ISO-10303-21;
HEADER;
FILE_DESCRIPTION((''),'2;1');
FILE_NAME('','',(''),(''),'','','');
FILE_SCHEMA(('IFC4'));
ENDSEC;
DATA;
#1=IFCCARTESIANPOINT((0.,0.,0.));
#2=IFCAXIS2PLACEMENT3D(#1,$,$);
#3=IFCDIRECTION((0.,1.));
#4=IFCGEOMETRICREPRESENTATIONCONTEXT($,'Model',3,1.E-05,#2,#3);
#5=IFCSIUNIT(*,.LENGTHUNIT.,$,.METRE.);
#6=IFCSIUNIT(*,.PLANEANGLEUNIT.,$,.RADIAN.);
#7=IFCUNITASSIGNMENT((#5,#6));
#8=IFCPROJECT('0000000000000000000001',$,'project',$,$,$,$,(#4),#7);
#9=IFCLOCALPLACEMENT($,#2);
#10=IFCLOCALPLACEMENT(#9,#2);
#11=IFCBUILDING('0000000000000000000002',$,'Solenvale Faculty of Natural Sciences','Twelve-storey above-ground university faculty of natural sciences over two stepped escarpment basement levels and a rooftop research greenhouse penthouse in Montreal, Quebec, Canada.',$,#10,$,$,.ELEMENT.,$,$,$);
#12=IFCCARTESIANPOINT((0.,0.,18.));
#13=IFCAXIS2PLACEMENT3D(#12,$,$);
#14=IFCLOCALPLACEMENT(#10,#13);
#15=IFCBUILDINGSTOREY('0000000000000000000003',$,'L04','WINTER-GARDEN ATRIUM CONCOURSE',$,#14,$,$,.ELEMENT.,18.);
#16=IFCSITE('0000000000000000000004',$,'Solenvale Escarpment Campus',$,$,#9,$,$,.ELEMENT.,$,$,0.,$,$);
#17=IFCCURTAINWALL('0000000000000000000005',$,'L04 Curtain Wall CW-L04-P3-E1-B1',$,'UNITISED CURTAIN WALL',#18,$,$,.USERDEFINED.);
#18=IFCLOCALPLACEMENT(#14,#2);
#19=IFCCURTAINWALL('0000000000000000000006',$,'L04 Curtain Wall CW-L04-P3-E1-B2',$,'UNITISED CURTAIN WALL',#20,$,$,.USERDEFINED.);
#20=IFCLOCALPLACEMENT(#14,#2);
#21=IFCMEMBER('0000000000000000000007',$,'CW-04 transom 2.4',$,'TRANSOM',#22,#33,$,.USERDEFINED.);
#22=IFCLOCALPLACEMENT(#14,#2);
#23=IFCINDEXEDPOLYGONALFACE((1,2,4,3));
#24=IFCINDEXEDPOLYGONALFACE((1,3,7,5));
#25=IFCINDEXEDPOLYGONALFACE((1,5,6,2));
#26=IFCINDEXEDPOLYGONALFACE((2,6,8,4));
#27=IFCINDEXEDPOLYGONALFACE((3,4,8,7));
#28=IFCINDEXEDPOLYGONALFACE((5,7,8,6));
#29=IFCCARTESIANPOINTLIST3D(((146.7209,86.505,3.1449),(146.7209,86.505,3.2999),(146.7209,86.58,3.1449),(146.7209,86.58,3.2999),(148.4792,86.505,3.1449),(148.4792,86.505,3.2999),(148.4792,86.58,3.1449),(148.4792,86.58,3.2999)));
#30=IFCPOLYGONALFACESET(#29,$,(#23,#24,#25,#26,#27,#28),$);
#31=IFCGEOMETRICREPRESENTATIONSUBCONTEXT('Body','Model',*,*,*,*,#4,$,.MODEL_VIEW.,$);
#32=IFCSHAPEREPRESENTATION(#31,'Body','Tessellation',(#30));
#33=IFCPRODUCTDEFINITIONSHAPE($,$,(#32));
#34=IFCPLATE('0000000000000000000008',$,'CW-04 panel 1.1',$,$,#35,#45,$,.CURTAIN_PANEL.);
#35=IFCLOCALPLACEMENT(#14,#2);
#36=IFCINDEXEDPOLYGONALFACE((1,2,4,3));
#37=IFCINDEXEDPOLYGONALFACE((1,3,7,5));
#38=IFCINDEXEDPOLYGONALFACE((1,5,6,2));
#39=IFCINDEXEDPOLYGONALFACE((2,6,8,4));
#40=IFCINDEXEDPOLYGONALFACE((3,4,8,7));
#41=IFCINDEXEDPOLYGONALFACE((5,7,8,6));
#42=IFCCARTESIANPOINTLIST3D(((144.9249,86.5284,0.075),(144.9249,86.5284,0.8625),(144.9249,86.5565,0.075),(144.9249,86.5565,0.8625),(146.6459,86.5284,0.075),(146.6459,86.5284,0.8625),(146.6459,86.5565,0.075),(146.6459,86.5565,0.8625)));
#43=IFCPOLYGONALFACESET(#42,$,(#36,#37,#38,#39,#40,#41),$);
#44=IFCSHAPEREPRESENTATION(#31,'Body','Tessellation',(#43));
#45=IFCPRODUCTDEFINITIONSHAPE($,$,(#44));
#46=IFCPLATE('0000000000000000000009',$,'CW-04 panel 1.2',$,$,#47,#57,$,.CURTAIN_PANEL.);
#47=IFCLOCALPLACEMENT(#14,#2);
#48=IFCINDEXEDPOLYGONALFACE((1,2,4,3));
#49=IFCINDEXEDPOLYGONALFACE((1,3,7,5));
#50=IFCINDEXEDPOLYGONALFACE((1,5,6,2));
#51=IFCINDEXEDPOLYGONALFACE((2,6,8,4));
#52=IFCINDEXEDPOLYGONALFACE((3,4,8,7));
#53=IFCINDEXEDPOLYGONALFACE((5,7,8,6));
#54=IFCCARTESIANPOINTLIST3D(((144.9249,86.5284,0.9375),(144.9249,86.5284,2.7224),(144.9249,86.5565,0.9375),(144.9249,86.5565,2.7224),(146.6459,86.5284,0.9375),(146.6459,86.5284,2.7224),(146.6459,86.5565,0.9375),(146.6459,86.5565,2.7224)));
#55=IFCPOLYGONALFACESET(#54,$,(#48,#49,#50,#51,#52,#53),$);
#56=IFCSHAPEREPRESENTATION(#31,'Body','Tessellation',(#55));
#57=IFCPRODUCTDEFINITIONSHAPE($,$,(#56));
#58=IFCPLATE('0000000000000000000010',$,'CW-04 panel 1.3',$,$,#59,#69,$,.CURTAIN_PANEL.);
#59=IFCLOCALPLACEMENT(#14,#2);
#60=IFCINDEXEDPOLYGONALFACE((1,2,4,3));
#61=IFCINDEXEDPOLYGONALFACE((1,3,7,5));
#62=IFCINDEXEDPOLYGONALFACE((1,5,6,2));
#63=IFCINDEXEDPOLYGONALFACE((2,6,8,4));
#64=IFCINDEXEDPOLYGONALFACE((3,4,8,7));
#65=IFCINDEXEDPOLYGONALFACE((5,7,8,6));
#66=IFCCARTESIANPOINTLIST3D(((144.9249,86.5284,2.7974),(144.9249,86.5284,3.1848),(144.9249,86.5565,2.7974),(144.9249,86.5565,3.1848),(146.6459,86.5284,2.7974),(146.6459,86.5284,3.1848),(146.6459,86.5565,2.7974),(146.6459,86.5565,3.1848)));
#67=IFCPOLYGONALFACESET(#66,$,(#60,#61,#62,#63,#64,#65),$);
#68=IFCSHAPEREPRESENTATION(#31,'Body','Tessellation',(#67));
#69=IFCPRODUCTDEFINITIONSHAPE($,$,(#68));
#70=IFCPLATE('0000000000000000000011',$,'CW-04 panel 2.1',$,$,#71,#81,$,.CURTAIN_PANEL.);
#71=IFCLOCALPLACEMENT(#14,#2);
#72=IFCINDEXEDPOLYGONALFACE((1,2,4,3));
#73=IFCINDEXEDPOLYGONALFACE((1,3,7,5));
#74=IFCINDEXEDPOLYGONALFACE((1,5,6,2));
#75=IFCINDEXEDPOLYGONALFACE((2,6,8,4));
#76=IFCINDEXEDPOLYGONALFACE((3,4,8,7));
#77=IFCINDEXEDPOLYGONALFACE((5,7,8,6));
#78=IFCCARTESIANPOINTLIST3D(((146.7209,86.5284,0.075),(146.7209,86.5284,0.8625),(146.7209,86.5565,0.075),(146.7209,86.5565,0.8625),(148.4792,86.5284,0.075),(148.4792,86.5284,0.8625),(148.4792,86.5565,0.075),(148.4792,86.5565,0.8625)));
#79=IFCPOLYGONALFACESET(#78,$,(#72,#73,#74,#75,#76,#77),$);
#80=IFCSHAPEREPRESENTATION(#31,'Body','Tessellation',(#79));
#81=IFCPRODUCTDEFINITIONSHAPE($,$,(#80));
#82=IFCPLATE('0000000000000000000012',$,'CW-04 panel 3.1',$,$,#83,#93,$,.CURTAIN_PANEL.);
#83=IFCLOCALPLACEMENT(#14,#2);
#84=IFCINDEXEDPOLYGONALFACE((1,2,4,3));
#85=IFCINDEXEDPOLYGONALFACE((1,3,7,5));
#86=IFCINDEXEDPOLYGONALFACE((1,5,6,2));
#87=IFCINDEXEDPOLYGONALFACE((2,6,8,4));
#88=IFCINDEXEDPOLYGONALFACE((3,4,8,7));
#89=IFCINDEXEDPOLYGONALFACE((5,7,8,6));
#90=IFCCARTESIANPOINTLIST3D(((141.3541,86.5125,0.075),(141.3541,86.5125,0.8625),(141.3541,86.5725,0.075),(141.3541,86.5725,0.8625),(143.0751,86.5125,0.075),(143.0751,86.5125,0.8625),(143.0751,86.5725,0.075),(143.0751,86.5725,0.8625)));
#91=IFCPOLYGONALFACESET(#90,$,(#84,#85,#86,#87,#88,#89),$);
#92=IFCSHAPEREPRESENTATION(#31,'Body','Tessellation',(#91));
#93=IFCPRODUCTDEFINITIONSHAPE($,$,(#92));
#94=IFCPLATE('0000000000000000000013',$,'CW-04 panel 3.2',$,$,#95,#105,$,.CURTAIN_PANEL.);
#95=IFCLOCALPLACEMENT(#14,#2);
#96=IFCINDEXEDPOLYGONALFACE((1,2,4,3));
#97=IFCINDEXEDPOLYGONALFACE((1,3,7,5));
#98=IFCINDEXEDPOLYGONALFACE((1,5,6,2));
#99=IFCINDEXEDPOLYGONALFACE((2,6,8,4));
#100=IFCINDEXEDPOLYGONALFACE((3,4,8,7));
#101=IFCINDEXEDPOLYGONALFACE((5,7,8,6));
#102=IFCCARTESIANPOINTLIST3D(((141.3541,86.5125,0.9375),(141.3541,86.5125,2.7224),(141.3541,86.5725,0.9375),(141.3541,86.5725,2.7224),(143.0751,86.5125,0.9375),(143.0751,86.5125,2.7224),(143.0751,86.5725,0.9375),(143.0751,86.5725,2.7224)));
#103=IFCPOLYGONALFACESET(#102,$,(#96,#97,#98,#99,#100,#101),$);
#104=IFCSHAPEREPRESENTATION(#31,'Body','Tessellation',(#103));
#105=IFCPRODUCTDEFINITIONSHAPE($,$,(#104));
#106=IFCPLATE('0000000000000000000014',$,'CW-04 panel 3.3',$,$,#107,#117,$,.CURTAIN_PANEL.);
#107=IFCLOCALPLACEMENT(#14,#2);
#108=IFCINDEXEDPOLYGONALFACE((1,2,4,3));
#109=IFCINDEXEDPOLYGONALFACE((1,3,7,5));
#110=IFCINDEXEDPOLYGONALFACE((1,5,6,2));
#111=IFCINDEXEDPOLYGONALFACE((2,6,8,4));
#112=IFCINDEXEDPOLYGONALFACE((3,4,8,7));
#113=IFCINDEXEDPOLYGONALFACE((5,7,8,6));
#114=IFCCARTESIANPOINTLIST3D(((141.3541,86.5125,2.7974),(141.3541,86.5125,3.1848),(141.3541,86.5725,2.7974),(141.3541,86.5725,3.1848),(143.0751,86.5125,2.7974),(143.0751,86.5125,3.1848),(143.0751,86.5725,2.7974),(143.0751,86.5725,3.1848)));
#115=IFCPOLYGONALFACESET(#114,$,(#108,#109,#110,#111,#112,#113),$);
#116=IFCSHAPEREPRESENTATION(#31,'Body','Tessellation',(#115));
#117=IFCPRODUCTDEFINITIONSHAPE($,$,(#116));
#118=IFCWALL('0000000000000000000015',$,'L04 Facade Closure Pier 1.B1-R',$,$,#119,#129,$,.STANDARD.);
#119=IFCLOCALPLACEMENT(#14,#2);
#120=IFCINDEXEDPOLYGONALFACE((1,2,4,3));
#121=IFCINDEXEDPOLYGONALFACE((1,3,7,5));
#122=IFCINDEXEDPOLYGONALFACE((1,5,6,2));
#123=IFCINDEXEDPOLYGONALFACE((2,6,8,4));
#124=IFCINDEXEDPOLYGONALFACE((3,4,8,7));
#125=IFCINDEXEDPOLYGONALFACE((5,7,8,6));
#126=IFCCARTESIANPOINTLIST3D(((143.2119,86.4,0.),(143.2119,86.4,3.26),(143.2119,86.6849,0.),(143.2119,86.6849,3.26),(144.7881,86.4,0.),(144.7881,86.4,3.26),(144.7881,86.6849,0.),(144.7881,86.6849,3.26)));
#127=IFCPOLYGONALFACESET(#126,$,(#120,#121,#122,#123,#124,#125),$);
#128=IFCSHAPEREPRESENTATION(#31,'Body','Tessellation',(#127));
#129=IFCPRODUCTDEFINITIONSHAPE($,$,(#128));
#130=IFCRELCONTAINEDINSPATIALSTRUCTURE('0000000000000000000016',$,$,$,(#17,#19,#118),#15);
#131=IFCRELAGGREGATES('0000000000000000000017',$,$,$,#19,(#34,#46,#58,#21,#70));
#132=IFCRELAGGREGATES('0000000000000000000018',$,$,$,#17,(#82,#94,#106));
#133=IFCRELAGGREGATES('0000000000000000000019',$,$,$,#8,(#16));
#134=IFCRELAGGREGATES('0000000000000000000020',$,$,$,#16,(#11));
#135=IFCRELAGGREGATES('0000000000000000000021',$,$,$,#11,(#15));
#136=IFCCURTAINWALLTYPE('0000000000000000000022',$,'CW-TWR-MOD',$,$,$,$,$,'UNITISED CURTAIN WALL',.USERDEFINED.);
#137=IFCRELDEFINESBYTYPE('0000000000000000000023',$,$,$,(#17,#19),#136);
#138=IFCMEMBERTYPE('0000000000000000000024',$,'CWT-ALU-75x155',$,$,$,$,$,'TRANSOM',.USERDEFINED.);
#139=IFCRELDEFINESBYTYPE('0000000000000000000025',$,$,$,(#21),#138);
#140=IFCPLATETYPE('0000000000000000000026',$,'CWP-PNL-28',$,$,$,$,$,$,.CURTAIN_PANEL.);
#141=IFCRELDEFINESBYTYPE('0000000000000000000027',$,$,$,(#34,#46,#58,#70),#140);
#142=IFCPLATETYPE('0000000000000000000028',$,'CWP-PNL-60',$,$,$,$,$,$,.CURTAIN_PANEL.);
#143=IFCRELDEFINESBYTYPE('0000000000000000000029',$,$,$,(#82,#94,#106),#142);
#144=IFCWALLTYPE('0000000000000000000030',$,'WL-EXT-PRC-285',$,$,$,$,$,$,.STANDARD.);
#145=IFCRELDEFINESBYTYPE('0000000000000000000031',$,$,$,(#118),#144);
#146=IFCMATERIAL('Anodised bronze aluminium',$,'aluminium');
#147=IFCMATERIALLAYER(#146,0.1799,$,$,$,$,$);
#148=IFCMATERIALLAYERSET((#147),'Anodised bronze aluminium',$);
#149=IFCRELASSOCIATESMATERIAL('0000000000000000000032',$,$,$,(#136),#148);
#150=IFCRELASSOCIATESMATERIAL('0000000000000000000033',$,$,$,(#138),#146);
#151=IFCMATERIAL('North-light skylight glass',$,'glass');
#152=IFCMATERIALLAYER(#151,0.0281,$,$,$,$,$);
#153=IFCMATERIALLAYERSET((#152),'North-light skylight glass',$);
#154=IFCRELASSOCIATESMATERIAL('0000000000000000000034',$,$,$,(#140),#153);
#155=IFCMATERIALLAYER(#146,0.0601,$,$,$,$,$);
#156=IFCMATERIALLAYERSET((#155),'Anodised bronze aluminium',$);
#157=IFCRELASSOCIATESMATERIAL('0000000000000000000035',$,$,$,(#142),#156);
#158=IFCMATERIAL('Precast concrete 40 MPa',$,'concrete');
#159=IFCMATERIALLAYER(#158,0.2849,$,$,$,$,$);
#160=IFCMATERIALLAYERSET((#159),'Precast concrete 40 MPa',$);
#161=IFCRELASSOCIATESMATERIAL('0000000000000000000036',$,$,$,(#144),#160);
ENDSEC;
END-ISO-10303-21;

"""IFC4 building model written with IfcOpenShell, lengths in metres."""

from ifc_helpers import new_model, si_unit, direction, frame, frame_2d, origin, origin_2d, place, context, subcontext, project, spatial, rectangle, extrude, material, layer, layer_set, material_profile, profile_set, type_object, element, aggregate, save


model = new_model("IFC4")

# Units and contexts
model_context = context("Model", 3, precision=1e-05, world=origin(), true_north=direction((0.0, 1.0)))
body_context = subcontext(model_context, "Body", "Model", "MODEL_VIEW")
ifc_project = project(units=[si_unit("LENGTHUNIT", "METRE"), si_unit("PLANEANGLEUNIT", "RADIAN")], contexts=[model_context])

# Site, building, storey
site_placement = place(None, origin())
site = spatial("IfcSite", under=ifc_project, at=site_placement, Name="Solenvale Escarpment Campus", CompositionType="ELEMENT", RefElevation=0.0)
building_placement = place(site_placement, origin())
building = spatial("IfcBuilding", under=site, at=building_placement, Name="Solenvale Faculty of Natural Sciences", Description="Twelve-storey above-ground university faculty of natural sciences over two stepped escarpment basement levels and a rooftop research greenhouse penthouse in Montreal, Quebec, Canada.", CompositionType="ELEMENT")
storey_placement = place(building_placement, frame((0.0, 0.0, 18.0)))
storey = spatial("IfcBuildingStorey", under=building, at=storey_placement, Name="L04", Description="WINTER-GARDEN ATRIUM CONCOURSE", CompositionType="ELEMENT", Elevation=18.0)

# Curtain wall
ifc_material_1 = material(Name="Anodised bronze aluminium", Category="aluminium")
ifc_layer_1 = layer(ifc_material_1, 0.1799)
ifc_layer_set_1 = layer_set([ifc_layer_1], Name="Anodised bronze aluminium")
curtain_wall_type = type_object("IfcCurtainWallType", Name="CW-TWR-MOD", ElementType="UNITISED CURTAIN WALL", PredefinedType="USERDEFINED", material=ifc_layer_set_1)
curtain_wall_1_placement = place(storey_placement, origin())
curtain_wall_1 = element("IfcCurtainWall", 1, at=curtain_wall_1_placement, inside=storey, type_object=curtain_wall_type, Name="L04 Curtain Wall CW-L04-P3-E1-B1", ObjectType="UNITISED CURTAIN WALL", PredefinedType="USERDEFINED")

# Curtain wall
curtain_wall_2_placement = place(storey_placement, origin())
curtain_wall_2 = element("IfcCurtainWall", 2, at=curtain_wall_2_placement, inside=storey, type_object=curtain_wall_type, Name="L04 Curtain Wall CW-L04-P3-E1-B2", ObjectType="UNITISED CURTAIN WALL", PredefinedType="USERDEFINED")

# Member
ifc_material_profile_1 = material_profile(ifc_material_1, rectangle(XDim=0.075, YDim=0.155, at=origin_2d()), Name="ALU-TRN-75x155")
ifc_profile_set_1 = profile_set([ifc_material_profile_1], Name="Anodised bronze aluminium")
member_type_1 = type_object("IfcMemberType", Name="CWT-ALU-75x155", ElementType="TRANSOM", PredefinedType="USERDEFINED", material=ifc_profile_set_1)
member_1_placement = place(storey_placement, frame((146.7209, 86.5425, 3.2224), z_axis=(1.0, 0.0, 0.0), x_axis=(0.0, 1.0, 0.0)))
member_1 = element("IfcMember", 3, at=member_1_placement, type_object=member_type_1, Name="CW-04 transom 2.4", ObjectType="TRANSOM", PredefinedType="USERDEFINED", context=body_context, shape_type="SweptSolid", body=[
    extrude(rectangle(XDim=0.075, YDim=0.155, at=origin_2d()), origin(), (0.0, 0.0, 1.0), 1.7583),
])

# Plates
ifc_material_2 = material(Name="North-light skylight glass", Category="glass")
ifc_layer_2 = layer(ifc_material_2, 0.0281)
ifc_layer_set_2 = layer_set([ifc_layer_2], Name="North-light skylight glass")
plate_type_1 = type_object("IfcPlateType", Name="CWP-PNL-28", PredefinedType="CURTAIN_PANEL", material=ifc_layer_set_2)
plate_1_placement = place(storey_placement, frame((145.7854, 86.5425, 0.075), z_axis=(0.0, 0.0, 1.0), x_axis=(1.0, 0.0, 0.0)))
plate_1 = element("IfcPlate", 4, at=plate_1_placement, type_object=plate_type_1, Name="CW-04 panel 1.1", PredefinedType="CURTAIN_PANEL", context=body_context, shape_type="SweptSolid", body=[
    extrude(rectangle(XDim=1.7209, YDim=0.0281, at=origin_2d()), origin(), (0.0, 0.0, 1.0), 0.7876),
])
plate_2_placement = place(storey_placement, frame((145.7854, 86.5425, 0.9375), z_axis=(0.0, 0.0, 1.0), x_axis=(1.0, 0.0, 0.0)))
plate_2 = element("IfcPlate", 5, at=plate_2_placement, type_object=plate_type_1, Name="CW-04 panel 1.2", PredefinedType="CURTAIN_PANEL", context=body_context, shape_type="SweptSolid", body=[
    extrude(rectangle(XDim=1.7209, YDim=0.0281, at=origin_2d()), origin(), (0.0, 0.0, 1.0), 1.7849),
])
plate_3_placement = place(storey_placement, frame((145.7854, 86.5425, 2.7974), z_axis=(0.0, 0.0, 1.0), x_axis=(1.0, 0.0, 0.0)))
plate_3 = element("IfcPlate", 6, at=plate_3_placement, type_object=plate_type_1, Name="CW-04 panel 1.3", PredefinedType="CURTAIN_PANEL", context=body_context, shape_type="SweptSolid", body=[
    extrude(rectangle(XDim=1.7209, YDim=0.0281, at=origin_2d()), origin(), (0.0, 0.0, 1.0), 0.3875),
])
plate_4_placement = place(storey_placement, frame((147.6001, 86.5425, 0.075), z_axis=(0.0, 0.0, 1.0), x_axis=(1.0, 0.0, 0.0)))
plate_4 = element("IfcPlate", 7, at=plate_4_placement, type_object=plate_type_1, Name="CW-04 panel 2.1", PredefinedType="CURTAIN_PANEL", context=body_context, shape_type="SweptSolid", body=[
    extrude(rectangle(XDim=1.7583, YDim=0.0281, at=origin_2d()), origin(), (0.0, 0.0, 1.0), 0.7876),
])
aggregate(curtain_wall_2, [plate_1, plate_2, plate_3, member_1, plate_4])
ifc_layer_3 = layer(ifc_material_1, 0.0601)
ifc_layer_set_3 = layer_set([ifc_layer_3], Name="Anodised bronze aluminium")
plate_type_2 = type_object("IfcPlateType", Name="CWP-PNL-60", PredefinedType="CURTAIN_PANEL", material=ifc_layer_set_3)
plate_5_placement = place(storey_placement, frame((142.2146, 86.5425, 0.075), z_axis=(0.0, 0.0, 1.0), x_axis=(1.0, 0.0, 0.0)))
plate_5 = element("IfcPlate", 8, at=plate_5_placement, type_object=plate_type_2, Name="CW-04 panel 3.1", PredefinedType="CURTAIN_PANEL", context=body_context, shape_type="SweptSolid", body=[
    extrude(rectangle(XDim=1.7209, YDim=0.0601, at=origin_2d()), origin(), (0.0, 0.0, 1.0), 0.7876),
])
plate_6_placement = place(storey_placement, frame((142.2146, 86.5425, 0.9375), z_axis=(0.0, 0.0, 1.0), x_axis=(1.0, 0.0, 0.0)))
plate_6 = element("IfcPlate", 9, at=plate_6_placement, type_object=plate_type_2, Name="CW-04 panel 3.2", PredefinedType="CURTAIN_PANEL", context=body_context, shape_type="SweptSolid", body=[
    extrude(rectangle(XDim=1.7209, YDim=0.0601, at=origin_2d()), origin(), (0.0, 0.0, 1.0), 1.7849),
])
plate_7_placement = place(storey_placement, frame((142.2146, 86.5425, 2.7974), z_axis=(0.0, 0.0, 1.0), x_axis=(1.0, 0.0, 0.0)))
plate_7 = element("IfcPlate", 10, at=plate_7_placement, type_object=plate_type_2, Name="CW-04 panel 3.3", PredefinedType="CURTAIN_PANEL", context=body_context, shape_type="SweptSolid", body=[
    extrude(rectangle(XDim=1.7209, YDim=0.0601, at=origin_2d()), origin(), (0.0, 0.0, 1.0), 0.3875),
])
aggregate(curtain_wall_1, [plate_5, plate_6, plate_7])

# Wall
ifc_material_3 = material(Name="Precast concrete 40 MPa", Category="concrete")
ifc_layer_4 = layer(ifc_material_3, 0.2849)
ifc_layer_set_4 = layer_set([ifc_layer_4], Name="Precast concrete 40 MPa")
wall_type = type_object("IfcWallType", Name="WL-EXT-PRC-285", PredefinedType="STANDARD", material=ifc_layer_set_4)
wall_placement = place(storey_placement, frame((143.2119, 86.5425, 0.0), z_axis=(0.0, 0.0, 1.0), x_axis=(1.0, 0.0, 0.0)))
element("IfcWall", 11, at=wall_placement, inside=storey, type_object=wall_type, Name="L04 Facade Closure Pier 1.B1-R", PredefinedType="STANDARD", context=body_context, shape_type="SweptSolid", body=[
    extrude(rectangle(XDim=1.5762, YDim=0.2849, at=frame_2d((0.7881, 0.0))), origin(), (0.0, 0.0, 1.0), 3.26),
])

save(model, "model.ifc")
